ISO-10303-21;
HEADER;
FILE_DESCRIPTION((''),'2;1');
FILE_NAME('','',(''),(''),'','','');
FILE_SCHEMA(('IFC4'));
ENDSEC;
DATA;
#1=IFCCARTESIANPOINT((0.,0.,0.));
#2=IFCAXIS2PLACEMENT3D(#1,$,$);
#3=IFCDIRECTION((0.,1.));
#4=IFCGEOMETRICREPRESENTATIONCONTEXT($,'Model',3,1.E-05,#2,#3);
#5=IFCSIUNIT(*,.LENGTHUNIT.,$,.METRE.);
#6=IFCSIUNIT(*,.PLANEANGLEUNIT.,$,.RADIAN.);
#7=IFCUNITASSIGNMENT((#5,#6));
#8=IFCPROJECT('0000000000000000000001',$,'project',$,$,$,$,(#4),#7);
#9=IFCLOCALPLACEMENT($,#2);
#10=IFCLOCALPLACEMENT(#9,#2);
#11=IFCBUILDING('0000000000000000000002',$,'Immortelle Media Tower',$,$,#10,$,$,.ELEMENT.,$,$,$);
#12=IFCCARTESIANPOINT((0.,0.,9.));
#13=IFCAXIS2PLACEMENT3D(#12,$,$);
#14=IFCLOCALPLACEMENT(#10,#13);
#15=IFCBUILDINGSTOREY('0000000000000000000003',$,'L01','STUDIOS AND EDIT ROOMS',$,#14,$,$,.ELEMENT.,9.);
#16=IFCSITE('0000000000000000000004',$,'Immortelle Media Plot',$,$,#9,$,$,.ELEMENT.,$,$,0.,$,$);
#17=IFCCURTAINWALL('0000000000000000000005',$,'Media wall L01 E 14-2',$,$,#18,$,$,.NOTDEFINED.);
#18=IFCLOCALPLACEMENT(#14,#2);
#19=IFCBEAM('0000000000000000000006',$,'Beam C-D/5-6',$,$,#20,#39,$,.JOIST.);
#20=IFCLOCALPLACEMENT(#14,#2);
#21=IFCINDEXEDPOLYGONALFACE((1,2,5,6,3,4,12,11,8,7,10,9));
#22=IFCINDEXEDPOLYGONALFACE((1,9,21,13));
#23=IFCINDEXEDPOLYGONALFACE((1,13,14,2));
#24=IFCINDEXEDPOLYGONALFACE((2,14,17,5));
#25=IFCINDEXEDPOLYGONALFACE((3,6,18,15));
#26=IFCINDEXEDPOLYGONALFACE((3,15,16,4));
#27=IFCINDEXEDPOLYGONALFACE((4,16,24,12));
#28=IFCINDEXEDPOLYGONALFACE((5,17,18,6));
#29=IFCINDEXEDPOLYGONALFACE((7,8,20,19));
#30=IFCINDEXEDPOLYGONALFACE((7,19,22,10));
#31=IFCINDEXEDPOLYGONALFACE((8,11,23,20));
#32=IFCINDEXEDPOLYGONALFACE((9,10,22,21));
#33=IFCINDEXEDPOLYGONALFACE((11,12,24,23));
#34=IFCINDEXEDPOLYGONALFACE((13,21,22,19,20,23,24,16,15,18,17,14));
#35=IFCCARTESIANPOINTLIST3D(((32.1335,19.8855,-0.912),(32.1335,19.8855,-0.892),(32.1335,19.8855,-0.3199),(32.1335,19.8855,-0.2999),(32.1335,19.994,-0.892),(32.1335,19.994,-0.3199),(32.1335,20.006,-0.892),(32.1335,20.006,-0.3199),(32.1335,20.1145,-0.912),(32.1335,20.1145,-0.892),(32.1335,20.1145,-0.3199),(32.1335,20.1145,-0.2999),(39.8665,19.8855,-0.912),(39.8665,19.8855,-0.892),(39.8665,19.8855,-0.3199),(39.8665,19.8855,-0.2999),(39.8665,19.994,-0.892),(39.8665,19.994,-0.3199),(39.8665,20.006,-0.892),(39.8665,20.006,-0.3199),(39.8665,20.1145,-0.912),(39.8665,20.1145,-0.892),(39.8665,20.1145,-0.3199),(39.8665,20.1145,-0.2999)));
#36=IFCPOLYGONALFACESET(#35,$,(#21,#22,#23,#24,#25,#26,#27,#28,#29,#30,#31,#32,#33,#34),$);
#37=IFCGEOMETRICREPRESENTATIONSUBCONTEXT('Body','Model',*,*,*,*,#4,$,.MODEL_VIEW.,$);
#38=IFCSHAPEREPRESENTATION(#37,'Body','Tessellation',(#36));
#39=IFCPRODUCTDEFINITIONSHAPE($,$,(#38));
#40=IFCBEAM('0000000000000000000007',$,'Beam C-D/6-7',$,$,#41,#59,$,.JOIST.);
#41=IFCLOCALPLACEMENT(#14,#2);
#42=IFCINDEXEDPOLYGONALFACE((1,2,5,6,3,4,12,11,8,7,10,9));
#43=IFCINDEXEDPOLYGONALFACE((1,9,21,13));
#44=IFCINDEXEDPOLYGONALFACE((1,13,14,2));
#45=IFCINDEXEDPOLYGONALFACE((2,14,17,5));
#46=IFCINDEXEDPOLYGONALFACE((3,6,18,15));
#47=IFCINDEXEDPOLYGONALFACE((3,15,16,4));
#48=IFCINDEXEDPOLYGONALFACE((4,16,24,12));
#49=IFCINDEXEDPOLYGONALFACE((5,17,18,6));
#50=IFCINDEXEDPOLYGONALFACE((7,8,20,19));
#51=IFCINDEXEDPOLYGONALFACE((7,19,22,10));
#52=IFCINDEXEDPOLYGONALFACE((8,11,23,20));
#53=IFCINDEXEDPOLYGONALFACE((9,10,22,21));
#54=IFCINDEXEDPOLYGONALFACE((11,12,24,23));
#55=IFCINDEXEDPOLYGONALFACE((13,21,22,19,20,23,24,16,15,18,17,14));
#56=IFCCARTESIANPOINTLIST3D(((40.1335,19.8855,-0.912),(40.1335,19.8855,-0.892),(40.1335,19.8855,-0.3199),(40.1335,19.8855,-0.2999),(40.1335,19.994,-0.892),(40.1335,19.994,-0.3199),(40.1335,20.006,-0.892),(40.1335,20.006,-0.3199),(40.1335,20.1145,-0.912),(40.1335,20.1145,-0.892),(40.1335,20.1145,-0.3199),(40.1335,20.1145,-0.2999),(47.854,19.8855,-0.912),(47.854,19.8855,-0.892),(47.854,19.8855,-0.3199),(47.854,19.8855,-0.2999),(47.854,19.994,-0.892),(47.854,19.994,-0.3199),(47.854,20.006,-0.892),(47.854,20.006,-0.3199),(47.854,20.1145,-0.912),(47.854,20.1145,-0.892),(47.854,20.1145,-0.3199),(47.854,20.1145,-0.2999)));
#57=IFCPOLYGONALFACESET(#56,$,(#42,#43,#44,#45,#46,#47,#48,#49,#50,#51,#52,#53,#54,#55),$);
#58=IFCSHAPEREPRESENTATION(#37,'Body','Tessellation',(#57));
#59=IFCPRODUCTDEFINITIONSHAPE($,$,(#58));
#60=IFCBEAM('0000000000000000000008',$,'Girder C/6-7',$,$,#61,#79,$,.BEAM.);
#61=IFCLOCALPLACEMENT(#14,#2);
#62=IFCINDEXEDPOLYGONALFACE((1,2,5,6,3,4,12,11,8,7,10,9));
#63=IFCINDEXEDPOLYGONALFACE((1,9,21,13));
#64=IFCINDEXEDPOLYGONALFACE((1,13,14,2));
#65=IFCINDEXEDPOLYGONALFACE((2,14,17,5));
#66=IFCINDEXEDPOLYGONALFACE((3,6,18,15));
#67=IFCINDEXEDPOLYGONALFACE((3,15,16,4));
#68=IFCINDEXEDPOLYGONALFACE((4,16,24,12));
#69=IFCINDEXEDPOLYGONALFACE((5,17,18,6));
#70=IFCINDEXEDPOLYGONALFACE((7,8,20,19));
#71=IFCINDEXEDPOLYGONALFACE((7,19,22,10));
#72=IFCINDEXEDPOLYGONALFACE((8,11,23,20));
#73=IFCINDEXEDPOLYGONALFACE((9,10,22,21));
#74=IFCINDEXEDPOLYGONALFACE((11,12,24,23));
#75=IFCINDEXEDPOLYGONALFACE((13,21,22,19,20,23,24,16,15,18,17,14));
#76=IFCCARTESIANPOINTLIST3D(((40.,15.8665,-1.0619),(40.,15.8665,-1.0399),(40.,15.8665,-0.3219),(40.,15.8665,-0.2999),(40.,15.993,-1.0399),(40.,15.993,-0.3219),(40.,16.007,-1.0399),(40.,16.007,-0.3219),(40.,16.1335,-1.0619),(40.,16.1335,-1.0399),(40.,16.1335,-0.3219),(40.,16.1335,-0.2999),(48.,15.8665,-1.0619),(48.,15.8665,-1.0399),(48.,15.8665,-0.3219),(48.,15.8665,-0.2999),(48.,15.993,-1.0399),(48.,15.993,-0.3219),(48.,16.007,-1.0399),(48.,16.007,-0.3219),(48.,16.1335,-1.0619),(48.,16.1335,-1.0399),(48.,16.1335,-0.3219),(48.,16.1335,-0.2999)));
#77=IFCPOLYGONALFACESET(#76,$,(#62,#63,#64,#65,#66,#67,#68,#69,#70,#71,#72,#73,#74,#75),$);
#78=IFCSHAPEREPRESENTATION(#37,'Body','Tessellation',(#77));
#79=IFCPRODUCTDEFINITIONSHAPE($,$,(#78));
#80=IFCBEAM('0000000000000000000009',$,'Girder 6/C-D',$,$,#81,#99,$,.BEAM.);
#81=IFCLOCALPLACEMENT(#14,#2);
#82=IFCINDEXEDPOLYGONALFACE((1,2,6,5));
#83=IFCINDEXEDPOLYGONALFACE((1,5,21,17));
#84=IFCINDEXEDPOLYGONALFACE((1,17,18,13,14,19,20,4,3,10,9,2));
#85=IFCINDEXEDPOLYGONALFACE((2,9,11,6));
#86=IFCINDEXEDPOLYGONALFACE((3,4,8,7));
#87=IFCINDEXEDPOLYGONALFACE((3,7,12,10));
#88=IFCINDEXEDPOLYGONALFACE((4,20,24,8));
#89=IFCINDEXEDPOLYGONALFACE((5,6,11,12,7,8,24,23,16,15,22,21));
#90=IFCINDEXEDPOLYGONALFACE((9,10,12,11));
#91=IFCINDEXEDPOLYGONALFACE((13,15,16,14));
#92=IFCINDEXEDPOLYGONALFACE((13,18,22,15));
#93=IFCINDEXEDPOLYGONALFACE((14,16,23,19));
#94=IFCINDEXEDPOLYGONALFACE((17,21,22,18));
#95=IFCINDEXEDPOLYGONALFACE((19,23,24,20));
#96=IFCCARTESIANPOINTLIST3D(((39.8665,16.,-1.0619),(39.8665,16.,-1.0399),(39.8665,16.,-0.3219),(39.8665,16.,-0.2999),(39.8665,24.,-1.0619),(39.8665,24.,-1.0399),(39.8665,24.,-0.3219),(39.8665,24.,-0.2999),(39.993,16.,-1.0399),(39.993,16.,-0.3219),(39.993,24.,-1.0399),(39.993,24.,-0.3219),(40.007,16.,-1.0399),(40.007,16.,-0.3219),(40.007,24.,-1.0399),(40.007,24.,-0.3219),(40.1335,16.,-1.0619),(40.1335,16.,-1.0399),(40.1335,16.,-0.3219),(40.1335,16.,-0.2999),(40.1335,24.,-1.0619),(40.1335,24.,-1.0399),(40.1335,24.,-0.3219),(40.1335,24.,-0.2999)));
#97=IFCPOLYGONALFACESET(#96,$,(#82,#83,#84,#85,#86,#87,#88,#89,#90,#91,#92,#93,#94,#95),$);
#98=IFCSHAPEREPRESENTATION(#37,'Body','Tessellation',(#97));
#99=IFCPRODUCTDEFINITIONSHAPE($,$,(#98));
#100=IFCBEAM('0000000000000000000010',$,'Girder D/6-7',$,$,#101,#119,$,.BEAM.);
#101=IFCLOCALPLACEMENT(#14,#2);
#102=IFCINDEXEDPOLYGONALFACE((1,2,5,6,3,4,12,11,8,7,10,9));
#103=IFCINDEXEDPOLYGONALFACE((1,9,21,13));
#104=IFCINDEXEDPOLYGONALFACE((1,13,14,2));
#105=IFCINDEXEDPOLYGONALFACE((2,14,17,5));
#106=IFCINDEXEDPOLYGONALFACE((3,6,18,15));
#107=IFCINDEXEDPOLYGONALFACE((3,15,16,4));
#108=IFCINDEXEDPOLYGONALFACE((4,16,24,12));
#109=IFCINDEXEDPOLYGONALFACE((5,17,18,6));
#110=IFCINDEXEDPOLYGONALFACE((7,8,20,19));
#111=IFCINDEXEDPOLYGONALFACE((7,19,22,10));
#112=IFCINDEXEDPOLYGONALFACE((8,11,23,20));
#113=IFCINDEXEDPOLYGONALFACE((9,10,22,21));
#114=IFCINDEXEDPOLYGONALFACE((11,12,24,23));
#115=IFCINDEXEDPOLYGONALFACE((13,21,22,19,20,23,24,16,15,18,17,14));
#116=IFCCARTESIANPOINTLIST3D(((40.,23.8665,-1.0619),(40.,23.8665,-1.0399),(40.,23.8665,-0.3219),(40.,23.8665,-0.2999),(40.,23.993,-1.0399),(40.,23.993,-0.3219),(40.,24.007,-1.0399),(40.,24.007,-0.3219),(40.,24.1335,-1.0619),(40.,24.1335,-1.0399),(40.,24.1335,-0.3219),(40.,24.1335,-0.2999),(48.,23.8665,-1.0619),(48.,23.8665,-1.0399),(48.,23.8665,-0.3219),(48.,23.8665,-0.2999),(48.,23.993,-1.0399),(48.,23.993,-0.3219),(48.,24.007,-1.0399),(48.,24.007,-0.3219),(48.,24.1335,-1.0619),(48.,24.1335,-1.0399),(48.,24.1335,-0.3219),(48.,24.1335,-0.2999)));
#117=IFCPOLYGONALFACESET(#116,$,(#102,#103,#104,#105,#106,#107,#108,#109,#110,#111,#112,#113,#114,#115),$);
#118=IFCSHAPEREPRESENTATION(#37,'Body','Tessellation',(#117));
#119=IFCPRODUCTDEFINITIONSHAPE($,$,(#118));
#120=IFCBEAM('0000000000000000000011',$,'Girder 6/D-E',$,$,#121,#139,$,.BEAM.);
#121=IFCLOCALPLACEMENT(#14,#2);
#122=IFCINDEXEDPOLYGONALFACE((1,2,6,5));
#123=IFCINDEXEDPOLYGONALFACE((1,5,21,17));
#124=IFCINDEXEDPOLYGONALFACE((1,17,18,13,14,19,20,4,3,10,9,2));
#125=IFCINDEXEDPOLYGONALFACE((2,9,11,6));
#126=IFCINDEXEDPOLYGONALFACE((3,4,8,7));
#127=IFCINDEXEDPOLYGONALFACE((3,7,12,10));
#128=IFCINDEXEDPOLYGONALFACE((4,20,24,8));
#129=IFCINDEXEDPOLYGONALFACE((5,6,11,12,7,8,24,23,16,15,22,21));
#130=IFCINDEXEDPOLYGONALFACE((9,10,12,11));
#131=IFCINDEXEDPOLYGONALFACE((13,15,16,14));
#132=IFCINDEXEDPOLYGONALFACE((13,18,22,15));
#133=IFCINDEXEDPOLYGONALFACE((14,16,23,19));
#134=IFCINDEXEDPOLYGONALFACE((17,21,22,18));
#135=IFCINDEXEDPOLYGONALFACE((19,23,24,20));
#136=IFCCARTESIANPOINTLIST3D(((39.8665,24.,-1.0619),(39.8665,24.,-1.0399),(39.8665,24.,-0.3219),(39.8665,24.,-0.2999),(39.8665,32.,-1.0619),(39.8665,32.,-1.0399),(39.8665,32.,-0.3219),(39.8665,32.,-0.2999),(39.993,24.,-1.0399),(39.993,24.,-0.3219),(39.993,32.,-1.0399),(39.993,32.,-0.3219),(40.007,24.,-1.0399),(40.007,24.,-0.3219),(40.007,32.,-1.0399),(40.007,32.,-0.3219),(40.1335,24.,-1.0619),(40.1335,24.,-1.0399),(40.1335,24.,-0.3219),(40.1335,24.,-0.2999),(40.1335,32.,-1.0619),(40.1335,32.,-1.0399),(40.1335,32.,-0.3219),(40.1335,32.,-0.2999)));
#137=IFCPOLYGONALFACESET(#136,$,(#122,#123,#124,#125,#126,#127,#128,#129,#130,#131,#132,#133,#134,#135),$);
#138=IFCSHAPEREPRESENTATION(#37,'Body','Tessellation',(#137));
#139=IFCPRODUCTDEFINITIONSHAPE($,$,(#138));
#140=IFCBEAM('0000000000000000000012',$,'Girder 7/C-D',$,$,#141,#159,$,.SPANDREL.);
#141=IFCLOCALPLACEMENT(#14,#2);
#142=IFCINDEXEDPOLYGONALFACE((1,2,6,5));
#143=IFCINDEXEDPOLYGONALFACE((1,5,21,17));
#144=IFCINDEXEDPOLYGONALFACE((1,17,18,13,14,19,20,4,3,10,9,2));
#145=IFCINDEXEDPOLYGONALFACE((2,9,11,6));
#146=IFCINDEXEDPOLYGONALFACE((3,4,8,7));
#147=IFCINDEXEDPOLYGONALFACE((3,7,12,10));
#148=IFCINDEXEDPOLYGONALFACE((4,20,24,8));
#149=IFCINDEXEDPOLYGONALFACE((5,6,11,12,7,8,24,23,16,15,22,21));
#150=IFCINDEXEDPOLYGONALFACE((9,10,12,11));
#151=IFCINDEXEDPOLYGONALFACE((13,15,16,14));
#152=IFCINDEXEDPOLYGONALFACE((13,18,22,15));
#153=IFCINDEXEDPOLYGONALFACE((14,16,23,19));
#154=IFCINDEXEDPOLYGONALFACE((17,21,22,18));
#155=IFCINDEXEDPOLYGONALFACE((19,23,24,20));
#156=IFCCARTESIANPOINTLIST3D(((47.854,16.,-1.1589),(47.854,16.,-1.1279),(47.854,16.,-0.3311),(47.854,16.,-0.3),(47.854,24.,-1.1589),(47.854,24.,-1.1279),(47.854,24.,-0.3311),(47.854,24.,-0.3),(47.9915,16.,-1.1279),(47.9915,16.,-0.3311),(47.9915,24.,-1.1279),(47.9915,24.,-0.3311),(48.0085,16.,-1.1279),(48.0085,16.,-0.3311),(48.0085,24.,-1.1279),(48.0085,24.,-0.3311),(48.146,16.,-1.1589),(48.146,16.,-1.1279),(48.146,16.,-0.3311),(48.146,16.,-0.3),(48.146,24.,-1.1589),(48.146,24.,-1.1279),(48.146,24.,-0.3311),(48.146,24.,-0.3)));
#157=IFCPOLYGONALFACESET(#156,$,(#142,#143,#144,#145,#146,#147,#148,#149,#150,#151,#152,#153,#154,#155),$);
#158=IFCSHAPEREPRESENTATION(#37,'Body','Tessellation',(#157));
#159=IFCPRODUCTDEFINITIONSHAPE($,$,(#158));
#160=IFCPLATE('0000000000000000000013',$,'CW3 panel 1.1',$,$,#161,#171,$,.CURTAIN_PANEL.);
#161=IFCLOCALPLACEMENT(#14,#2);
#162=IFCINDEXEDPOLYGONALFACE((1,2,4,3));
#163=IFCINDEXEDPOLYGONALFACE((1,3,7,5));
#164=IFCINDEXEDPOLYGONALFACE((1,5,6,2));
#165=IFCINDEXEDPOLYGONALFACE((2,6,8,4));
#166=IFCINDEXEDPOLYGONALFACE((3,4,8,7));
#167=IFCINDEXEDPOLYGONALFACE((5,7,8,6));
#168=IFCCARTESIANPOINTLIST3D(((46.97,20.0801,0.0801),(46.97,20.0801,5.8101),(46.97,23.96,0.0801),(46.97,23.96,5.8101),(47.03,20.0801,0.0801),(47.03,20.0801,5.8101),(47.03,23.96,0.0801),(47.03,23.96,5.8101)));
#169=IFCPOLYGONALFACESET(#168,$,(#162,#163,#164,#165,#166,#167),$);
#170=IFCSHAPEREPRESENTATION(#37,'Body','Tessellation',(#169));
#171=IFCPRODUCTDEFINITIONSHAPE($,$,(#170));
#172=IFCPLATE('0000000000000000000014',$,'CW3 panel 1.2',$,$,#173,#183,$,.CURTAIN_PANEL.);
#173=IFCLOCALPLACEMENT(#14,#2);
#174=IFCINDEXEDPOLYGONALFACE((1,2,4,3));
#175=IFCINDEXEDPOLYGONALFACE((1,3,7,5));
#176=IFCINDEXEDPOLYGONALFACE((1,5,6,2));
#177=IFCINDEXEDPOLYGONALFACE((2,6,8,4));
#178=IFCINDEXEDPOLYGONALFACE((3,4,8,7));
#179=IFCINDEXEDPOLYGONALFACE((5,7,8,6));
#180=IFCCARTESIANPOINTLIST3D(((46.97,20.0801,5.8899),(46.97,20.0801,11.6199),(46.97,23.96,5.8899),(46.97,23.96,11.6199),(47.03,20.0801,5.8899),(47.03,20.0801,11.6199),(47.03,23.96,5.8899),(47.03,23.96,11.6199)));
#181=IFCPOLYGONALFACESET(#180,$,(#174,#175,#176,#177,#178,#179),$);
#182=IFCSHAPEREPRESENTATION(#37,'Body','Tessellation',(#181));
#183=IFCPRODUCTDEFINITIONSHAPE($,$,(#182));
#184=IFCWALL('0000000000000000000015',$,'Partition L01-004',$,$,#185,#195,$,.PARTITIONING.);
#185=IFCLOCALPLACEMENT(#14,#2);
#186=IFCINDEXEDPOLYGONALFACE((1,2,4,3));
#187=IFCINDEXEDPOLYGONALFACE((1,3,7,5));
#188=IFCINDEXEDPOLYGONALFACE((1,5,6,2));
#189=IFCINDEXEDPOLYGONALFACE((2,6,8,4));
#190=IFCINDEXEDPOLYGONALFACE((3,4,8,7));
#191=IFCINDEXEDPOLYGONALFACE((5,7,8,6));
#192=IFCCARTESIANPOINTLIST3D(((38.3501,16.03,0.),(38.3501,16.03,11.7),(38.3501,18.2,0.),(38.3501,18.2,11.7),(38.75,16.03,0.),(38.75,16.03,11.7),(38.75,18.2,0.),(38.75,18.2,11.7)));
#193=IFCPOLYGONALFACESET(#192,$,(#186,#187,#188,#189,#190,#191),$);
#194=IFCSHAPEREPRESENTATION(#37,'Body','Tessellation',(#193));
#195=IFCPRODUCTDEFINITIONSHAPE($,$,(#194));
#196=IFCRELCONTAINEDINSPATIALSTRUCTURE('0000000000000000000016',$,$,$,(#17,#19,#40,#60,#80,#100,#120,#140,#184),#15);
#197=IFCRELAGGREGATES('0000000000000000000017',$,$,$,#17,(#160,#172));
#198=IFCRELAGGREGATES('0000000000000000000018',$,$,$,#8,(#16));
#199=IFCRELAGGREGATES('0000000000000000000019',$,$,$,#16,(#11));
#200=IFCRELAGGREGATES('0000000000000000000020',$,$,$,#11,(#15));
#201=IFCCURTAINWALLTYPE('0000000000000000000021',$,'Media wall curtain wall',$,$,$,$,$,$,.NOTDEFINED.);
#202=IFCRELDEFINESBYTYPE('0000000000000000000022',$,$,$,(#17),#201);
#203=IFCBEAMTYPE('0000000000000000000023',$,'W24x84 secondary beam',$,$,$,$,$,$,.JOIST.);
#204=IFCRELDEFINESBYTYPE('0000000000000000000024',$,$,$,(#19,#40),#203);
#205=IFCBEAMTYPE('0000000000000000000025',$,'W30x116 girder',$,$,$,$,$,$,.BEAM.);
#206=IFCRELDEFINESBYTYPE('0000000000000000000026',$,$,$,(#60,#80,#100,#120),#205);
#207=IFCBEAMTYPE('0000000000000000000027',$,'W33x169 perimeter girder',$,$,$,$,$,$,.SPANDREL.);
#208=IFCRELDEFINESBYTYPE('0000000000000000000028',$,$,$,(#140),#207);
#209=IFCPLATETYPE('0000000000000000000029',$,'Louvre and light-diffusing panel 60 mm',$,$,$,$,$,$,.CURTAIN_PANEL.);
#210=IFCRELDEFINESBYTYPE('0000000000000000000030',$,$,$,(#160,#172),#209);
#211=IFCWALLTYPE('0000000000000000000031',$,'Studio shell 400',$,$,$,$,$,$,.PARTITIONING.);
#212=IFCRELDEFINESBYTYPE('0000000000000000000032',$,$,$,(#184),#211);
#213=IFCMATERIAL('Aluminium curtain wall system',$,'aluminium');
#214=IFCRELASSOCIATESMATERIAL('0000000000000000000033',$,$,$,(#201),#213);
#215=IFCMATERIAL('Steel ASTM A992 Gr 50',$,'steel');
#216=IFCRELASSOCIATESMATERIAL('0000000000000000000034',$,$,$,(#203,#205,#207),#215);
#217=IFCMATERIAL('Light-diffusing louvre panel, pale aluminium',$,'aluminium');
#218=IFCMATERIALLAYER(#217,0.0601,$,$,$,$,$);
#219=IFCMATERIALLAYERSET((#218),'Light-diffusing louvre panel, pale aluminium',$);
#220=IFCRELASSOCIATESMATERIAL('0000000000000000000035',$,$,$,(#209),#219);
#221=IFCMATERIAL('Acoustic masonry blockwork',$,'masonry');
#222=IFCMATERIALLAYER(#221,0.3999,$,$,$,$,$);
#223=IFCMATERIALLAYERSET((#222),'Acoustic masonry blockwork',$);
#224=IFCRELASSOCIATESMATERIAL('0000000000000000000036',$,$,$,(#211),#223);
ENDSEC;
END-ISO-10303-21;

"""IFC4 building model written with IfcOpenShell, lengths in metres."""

from ifc_helpers import new_model, si_unit, direction, frame, frame_2d, origin, origin_2d, place, context, subcontext, project, spatial, rectangle, i_section, extrude, material, layer, layer_set, material_profile, profile_set, type_object, element, aggregate, save


model = new_model("IFC4")

# Units and contexts
model_context = context("Model", 3, precision=1e-05, world=origin(), true_north=direction((0.0, 1.0)))
body_context = subcontext(model_context, "Body", "Model", "MODEL_VIEW")
ifc_project = project(units=[si_unit("LENGTHUNIT", "METRE"), si_unit("PLANEANGLEUNIT", "RADIAN")], contexts=[model_context])

# Site, building, storey
site_placement = place(None, origin())
site = spatial("IfcSite", under=ifc_project, at=site_placement, Name="Immortelle Media Plot", CompositionType="ELEMENT", RefElevation=0.0)
building_placement = place(site_placement, origin())
building = spatial("IfcBuilding", under=site, at=building_placement, Name="Immortelle Media Tower", CompositionType="ELEMENT")
storey_placement = place(building_placement, frame((0.0, 0.0, 9.0)))
storey = spatial("IfcBuildingStorey", under=building, at=storey_placement, Name="L01", Description="STUDIOS AND EDIT ROOMS", CompositionType="ELEMENT", Elevation=9.0)

# Shared definitions
ifc_material_1 = material(Name="Steel ASTM A992 Gr 50", Category="steel")

# Curtain wall
ifc_material_2 = material(Name="Aluminium curtain wall system", Category="aluminium")
curtain_wall_type = type_object("IfcCurtainWallType", Name="Media wall curtain wall", PredefinedType="NOTDEFINED", material=ifc_material_2)
curtain_wall_placement = place(storey_placement, origin())
curtain_wall = element("IfcCurtainWall", 1, at=curtain_wall_placement, inside=storey, type_object=curtain_wall_type, Name="Media wall L01 E 14-2", PredefinedType="NOTDEFINED")

# Beams
ifc_material_profile_1 = material_profile(ifc_material_1, i_section(OverallWidth=0.229, OverallDepth=0.6121, WebThickness=0.012, FlangeThickness=0.02, at=origin_2d()), Name="W24x84")
ifc_profile_set_1 = profile_set([ifc_material_profile_1], Name="Steel ASTM A992 Gr 50")
beam_type_1 = type_object("IfcBeamType", Name="W24x84 secondary beam", PredefinedType="JOIST", material=ifc_profile_set_1)
beam_1_placement = place(storey_placement, frame((32.1335, 20.0, -0.606), z_axis=(1.0, 0.0, 0.0), x_axis=(0.0, 1.0, 0.0)))
element("IfcBeam", 2, at=beam_1_placement, inside=storey, type_object=beam_type_1, Name="Beam C-D/5-6", PredefinedType="JOIST", context=body_context, shape_type="SweptSolid", body=[
    extrude(i_section(OverallWidth=0.229, OverallDepth=0.6121, WebThickness=0.012, FlangeThickness=0.02, at=origin_2d()), origin(), (0.0, 0.0, 1.0), 7.7329),
])
beam_2_placement = place(storey_placement, frame((40.1335, 20.0, -0.606), z_axis=(1.0, 0.0, 0.0), x_axis=(0.0, 1.0, 0.0)))
element("IfcBeam", 3, at=beam_2_placement, inside=storey, type_object=beam_type_1, Name="Beam C-D/6-7", PredefinedType="JOIST", context=body_context, shape_type="SweptSolid", body=[
    extrude(i_section(OverallWidth=0.229, OverallDepth=0.6121, WebThickness=0.012, FlangeThickness=0.02, at=origin_2d()), origin(), (0.0, 0.0, 1.0), 7.7205),
])
ifc_material_profile_2 = material_profile(ifc_material_1, i_section(OverallWidth=0.2671, OverallDepth=0.762, WebThickness=0.0139, FlangeThickness=0.022, at=origin_2d()), Name="W30x116")
ifc_profile_set_2 = profile_set([ifc_material_profile_2], Name="Steel ASTM A992 Gr 50")
beam_type_2 = type_object("IfcBeamType", Name="W30x116 girder", PredefinedType="BEAM", material=ifc_profile_set_2)
for number, where, z_axis, x_axis, name in (
    (4, (40.0, 16.0, -0.6809), (1.0, 0.0, 0.0), (0.0, 1.0, 0.0), "Girder C/6-7"),
    (5, (40.0, 16.0, -0.6809), (0.0, 1.0, 0.0), (-1.0, 0.0, 0.0), "Girder 6/C-D"),
    (6, (40.0, 24.0, -0.6809), (1.0, 0.0, 0.0), (0.0, 1.0, 0.0), "Girder D/6-7"),
    (7, (40.0, 24.0, -0.6809), (0.0, 1.0, 0.0), (-1.0, 0.0, 0.0), "Girder 6/D-E"),
):
    element("IfcBeam", number, at=place(storey_placement, frame(where, z_axis=z_axis, x_axis=x_axis)), inside=storey, type_object=beam_type_2, Name=name, PredefinedType="BEAM", context=body_context, shape_type="SweptSolid", body=[
        extrude(i_section(OverallWidth=0.2671, OverallDepth=0.762, WebThickness=0.0139, FlangeThickness=0.022, at=origin_2d()), origin(), (0.0, 0.0, 1.0), 8.0),
    ])
ifc_material_profile_3 = material_profile(ifc_material_1, i_section(OverallWidth=0.292, OverallDepth=0.8589, WebThickness=0.0171, FlangeThickness=0.031, at=origin_2d()), Name="W33x169")
ifc_profile_set_3 = profile_set([ifc_material_profile_3], Name="Steel ASTM A992 Gr 50")
beam_type_3 = type_object("IfcBeamType", Name="W33x169 perimeter girder", PredefinedType="SPANDREL", material=ifc_profile_set_3)
beam_3_placement = place(storey_placement, frame((48.0, 16.0, -0.7295), z_axis=(0.0, 1.0, 0.0), x_axis=(-1.0, 0.0, 0.0)))
element("IfcBeam", 8, at=beam_3_placement, inside=storey, type_object=beam_type_3, Name="Girder 7/C-D", PredefinedType="SPANDREL", context=body_context, shape_type="SweptSolid", body=[
    extrude(i_section(OverallWidth=0.292, OverallDepth=0.8589, WebThickness=0.0171, FlangeThickness=0.031, at=origin_2d()), origin(), (0.0, 0.0, 1.0), 8.0),
])

# Plates
ifc_material_3 = material(Name="Light-diffusing louvre panel, pale aluminium", Category="aluminium")
ifc_layer_1 = layer(ifc_material_3, 0.0601)
ifc_layer_set_1 = layer_set([ifc_layer_1], Name="Light-diffusing louvre panel, pale aluminium")
plate_type = type_object("IfcPlateType", Name="Louvre and light-diffusing panel 60 mm", PredefinedType="CURTAIN_PANEL", material=ifc_layer_set_1)
plate_1_placement = place(storey_placement, frame((47.0, 22.02, 0.0801), z_axis=(0.0, 0.0, 1.0), x_axis=(0.0, 1.0, 0.0)))
plate_1 = element("IfcPlate", 9, at=plate_1_placement, type_object=plate_type, Name="CW3 panel 1.1", PredefinedType="CURTAIN_PANEL", context=body_context, shape_type="SweptSolid", body=[
    extrude(rectangle(XDim=3.8799, YDim=0.0601, at=origin_2d()), origin(), (0.0, 0.0, 1.0), 5.73),
])
plate_2_placement = place(storey_placement, frame((47.0, 22.02, 5.8899), z_axis=(0.0, 0.0, 1.0), x_axis=(0.0, 1.0, 0.0)))
plate_2 = element("IfcPlate", 10, at=plate_2_placement, type_object=plate_type, Name="CW3 panel 1.2", PredefinedType="CURTAIN_PANEL", context=body_context, shape_type="SweptSolid", body=[
    extrude(rectangle(XDim=3.8799, YDim=0.0601, at=origin_2d()), origin(), (0.0, 0.0, 1.0), 5.73),
])
aggregate(curtain_wall, [plate_1, plate_2])

# Wall
ifc_material_4 = material(Name="Acoustic masonry blockwork", Category="masonry")
ifc_layer_2 = layer(ifc_material_4, 0.3999)
ifc_layer_set_2 = layer_set([ifc_layer_2], Name="Acoustic masonry blockwork")
wall_type = type_object("IfcWallType", Name="Studio shell 400", PredefinedType="PARTITIONING", material=ifc_layer_set_2)
wall_1_placement = place(storey_placement, frame((38.55, 16.03, 0.0), z_axis=(0.0, 0.0, 1.0), x_axis=(0.0, 1.0, 0.0)))
element("IfcWall", 11, at=wall_1_placement, inside=storey, type_object=wall_type, Name="Partition L01-004", PredefinedType="PARTITIONING", context=body_context, shape_type="SweptSolid", body=[
    extrude(rectangle(XDim=2.1699, YDim=0.3999, at=frame_2d((1.085, 0.0))), origin(), (0.0, 0.0, 1.0), 11.7),
])

save(model, "model.ifc")
